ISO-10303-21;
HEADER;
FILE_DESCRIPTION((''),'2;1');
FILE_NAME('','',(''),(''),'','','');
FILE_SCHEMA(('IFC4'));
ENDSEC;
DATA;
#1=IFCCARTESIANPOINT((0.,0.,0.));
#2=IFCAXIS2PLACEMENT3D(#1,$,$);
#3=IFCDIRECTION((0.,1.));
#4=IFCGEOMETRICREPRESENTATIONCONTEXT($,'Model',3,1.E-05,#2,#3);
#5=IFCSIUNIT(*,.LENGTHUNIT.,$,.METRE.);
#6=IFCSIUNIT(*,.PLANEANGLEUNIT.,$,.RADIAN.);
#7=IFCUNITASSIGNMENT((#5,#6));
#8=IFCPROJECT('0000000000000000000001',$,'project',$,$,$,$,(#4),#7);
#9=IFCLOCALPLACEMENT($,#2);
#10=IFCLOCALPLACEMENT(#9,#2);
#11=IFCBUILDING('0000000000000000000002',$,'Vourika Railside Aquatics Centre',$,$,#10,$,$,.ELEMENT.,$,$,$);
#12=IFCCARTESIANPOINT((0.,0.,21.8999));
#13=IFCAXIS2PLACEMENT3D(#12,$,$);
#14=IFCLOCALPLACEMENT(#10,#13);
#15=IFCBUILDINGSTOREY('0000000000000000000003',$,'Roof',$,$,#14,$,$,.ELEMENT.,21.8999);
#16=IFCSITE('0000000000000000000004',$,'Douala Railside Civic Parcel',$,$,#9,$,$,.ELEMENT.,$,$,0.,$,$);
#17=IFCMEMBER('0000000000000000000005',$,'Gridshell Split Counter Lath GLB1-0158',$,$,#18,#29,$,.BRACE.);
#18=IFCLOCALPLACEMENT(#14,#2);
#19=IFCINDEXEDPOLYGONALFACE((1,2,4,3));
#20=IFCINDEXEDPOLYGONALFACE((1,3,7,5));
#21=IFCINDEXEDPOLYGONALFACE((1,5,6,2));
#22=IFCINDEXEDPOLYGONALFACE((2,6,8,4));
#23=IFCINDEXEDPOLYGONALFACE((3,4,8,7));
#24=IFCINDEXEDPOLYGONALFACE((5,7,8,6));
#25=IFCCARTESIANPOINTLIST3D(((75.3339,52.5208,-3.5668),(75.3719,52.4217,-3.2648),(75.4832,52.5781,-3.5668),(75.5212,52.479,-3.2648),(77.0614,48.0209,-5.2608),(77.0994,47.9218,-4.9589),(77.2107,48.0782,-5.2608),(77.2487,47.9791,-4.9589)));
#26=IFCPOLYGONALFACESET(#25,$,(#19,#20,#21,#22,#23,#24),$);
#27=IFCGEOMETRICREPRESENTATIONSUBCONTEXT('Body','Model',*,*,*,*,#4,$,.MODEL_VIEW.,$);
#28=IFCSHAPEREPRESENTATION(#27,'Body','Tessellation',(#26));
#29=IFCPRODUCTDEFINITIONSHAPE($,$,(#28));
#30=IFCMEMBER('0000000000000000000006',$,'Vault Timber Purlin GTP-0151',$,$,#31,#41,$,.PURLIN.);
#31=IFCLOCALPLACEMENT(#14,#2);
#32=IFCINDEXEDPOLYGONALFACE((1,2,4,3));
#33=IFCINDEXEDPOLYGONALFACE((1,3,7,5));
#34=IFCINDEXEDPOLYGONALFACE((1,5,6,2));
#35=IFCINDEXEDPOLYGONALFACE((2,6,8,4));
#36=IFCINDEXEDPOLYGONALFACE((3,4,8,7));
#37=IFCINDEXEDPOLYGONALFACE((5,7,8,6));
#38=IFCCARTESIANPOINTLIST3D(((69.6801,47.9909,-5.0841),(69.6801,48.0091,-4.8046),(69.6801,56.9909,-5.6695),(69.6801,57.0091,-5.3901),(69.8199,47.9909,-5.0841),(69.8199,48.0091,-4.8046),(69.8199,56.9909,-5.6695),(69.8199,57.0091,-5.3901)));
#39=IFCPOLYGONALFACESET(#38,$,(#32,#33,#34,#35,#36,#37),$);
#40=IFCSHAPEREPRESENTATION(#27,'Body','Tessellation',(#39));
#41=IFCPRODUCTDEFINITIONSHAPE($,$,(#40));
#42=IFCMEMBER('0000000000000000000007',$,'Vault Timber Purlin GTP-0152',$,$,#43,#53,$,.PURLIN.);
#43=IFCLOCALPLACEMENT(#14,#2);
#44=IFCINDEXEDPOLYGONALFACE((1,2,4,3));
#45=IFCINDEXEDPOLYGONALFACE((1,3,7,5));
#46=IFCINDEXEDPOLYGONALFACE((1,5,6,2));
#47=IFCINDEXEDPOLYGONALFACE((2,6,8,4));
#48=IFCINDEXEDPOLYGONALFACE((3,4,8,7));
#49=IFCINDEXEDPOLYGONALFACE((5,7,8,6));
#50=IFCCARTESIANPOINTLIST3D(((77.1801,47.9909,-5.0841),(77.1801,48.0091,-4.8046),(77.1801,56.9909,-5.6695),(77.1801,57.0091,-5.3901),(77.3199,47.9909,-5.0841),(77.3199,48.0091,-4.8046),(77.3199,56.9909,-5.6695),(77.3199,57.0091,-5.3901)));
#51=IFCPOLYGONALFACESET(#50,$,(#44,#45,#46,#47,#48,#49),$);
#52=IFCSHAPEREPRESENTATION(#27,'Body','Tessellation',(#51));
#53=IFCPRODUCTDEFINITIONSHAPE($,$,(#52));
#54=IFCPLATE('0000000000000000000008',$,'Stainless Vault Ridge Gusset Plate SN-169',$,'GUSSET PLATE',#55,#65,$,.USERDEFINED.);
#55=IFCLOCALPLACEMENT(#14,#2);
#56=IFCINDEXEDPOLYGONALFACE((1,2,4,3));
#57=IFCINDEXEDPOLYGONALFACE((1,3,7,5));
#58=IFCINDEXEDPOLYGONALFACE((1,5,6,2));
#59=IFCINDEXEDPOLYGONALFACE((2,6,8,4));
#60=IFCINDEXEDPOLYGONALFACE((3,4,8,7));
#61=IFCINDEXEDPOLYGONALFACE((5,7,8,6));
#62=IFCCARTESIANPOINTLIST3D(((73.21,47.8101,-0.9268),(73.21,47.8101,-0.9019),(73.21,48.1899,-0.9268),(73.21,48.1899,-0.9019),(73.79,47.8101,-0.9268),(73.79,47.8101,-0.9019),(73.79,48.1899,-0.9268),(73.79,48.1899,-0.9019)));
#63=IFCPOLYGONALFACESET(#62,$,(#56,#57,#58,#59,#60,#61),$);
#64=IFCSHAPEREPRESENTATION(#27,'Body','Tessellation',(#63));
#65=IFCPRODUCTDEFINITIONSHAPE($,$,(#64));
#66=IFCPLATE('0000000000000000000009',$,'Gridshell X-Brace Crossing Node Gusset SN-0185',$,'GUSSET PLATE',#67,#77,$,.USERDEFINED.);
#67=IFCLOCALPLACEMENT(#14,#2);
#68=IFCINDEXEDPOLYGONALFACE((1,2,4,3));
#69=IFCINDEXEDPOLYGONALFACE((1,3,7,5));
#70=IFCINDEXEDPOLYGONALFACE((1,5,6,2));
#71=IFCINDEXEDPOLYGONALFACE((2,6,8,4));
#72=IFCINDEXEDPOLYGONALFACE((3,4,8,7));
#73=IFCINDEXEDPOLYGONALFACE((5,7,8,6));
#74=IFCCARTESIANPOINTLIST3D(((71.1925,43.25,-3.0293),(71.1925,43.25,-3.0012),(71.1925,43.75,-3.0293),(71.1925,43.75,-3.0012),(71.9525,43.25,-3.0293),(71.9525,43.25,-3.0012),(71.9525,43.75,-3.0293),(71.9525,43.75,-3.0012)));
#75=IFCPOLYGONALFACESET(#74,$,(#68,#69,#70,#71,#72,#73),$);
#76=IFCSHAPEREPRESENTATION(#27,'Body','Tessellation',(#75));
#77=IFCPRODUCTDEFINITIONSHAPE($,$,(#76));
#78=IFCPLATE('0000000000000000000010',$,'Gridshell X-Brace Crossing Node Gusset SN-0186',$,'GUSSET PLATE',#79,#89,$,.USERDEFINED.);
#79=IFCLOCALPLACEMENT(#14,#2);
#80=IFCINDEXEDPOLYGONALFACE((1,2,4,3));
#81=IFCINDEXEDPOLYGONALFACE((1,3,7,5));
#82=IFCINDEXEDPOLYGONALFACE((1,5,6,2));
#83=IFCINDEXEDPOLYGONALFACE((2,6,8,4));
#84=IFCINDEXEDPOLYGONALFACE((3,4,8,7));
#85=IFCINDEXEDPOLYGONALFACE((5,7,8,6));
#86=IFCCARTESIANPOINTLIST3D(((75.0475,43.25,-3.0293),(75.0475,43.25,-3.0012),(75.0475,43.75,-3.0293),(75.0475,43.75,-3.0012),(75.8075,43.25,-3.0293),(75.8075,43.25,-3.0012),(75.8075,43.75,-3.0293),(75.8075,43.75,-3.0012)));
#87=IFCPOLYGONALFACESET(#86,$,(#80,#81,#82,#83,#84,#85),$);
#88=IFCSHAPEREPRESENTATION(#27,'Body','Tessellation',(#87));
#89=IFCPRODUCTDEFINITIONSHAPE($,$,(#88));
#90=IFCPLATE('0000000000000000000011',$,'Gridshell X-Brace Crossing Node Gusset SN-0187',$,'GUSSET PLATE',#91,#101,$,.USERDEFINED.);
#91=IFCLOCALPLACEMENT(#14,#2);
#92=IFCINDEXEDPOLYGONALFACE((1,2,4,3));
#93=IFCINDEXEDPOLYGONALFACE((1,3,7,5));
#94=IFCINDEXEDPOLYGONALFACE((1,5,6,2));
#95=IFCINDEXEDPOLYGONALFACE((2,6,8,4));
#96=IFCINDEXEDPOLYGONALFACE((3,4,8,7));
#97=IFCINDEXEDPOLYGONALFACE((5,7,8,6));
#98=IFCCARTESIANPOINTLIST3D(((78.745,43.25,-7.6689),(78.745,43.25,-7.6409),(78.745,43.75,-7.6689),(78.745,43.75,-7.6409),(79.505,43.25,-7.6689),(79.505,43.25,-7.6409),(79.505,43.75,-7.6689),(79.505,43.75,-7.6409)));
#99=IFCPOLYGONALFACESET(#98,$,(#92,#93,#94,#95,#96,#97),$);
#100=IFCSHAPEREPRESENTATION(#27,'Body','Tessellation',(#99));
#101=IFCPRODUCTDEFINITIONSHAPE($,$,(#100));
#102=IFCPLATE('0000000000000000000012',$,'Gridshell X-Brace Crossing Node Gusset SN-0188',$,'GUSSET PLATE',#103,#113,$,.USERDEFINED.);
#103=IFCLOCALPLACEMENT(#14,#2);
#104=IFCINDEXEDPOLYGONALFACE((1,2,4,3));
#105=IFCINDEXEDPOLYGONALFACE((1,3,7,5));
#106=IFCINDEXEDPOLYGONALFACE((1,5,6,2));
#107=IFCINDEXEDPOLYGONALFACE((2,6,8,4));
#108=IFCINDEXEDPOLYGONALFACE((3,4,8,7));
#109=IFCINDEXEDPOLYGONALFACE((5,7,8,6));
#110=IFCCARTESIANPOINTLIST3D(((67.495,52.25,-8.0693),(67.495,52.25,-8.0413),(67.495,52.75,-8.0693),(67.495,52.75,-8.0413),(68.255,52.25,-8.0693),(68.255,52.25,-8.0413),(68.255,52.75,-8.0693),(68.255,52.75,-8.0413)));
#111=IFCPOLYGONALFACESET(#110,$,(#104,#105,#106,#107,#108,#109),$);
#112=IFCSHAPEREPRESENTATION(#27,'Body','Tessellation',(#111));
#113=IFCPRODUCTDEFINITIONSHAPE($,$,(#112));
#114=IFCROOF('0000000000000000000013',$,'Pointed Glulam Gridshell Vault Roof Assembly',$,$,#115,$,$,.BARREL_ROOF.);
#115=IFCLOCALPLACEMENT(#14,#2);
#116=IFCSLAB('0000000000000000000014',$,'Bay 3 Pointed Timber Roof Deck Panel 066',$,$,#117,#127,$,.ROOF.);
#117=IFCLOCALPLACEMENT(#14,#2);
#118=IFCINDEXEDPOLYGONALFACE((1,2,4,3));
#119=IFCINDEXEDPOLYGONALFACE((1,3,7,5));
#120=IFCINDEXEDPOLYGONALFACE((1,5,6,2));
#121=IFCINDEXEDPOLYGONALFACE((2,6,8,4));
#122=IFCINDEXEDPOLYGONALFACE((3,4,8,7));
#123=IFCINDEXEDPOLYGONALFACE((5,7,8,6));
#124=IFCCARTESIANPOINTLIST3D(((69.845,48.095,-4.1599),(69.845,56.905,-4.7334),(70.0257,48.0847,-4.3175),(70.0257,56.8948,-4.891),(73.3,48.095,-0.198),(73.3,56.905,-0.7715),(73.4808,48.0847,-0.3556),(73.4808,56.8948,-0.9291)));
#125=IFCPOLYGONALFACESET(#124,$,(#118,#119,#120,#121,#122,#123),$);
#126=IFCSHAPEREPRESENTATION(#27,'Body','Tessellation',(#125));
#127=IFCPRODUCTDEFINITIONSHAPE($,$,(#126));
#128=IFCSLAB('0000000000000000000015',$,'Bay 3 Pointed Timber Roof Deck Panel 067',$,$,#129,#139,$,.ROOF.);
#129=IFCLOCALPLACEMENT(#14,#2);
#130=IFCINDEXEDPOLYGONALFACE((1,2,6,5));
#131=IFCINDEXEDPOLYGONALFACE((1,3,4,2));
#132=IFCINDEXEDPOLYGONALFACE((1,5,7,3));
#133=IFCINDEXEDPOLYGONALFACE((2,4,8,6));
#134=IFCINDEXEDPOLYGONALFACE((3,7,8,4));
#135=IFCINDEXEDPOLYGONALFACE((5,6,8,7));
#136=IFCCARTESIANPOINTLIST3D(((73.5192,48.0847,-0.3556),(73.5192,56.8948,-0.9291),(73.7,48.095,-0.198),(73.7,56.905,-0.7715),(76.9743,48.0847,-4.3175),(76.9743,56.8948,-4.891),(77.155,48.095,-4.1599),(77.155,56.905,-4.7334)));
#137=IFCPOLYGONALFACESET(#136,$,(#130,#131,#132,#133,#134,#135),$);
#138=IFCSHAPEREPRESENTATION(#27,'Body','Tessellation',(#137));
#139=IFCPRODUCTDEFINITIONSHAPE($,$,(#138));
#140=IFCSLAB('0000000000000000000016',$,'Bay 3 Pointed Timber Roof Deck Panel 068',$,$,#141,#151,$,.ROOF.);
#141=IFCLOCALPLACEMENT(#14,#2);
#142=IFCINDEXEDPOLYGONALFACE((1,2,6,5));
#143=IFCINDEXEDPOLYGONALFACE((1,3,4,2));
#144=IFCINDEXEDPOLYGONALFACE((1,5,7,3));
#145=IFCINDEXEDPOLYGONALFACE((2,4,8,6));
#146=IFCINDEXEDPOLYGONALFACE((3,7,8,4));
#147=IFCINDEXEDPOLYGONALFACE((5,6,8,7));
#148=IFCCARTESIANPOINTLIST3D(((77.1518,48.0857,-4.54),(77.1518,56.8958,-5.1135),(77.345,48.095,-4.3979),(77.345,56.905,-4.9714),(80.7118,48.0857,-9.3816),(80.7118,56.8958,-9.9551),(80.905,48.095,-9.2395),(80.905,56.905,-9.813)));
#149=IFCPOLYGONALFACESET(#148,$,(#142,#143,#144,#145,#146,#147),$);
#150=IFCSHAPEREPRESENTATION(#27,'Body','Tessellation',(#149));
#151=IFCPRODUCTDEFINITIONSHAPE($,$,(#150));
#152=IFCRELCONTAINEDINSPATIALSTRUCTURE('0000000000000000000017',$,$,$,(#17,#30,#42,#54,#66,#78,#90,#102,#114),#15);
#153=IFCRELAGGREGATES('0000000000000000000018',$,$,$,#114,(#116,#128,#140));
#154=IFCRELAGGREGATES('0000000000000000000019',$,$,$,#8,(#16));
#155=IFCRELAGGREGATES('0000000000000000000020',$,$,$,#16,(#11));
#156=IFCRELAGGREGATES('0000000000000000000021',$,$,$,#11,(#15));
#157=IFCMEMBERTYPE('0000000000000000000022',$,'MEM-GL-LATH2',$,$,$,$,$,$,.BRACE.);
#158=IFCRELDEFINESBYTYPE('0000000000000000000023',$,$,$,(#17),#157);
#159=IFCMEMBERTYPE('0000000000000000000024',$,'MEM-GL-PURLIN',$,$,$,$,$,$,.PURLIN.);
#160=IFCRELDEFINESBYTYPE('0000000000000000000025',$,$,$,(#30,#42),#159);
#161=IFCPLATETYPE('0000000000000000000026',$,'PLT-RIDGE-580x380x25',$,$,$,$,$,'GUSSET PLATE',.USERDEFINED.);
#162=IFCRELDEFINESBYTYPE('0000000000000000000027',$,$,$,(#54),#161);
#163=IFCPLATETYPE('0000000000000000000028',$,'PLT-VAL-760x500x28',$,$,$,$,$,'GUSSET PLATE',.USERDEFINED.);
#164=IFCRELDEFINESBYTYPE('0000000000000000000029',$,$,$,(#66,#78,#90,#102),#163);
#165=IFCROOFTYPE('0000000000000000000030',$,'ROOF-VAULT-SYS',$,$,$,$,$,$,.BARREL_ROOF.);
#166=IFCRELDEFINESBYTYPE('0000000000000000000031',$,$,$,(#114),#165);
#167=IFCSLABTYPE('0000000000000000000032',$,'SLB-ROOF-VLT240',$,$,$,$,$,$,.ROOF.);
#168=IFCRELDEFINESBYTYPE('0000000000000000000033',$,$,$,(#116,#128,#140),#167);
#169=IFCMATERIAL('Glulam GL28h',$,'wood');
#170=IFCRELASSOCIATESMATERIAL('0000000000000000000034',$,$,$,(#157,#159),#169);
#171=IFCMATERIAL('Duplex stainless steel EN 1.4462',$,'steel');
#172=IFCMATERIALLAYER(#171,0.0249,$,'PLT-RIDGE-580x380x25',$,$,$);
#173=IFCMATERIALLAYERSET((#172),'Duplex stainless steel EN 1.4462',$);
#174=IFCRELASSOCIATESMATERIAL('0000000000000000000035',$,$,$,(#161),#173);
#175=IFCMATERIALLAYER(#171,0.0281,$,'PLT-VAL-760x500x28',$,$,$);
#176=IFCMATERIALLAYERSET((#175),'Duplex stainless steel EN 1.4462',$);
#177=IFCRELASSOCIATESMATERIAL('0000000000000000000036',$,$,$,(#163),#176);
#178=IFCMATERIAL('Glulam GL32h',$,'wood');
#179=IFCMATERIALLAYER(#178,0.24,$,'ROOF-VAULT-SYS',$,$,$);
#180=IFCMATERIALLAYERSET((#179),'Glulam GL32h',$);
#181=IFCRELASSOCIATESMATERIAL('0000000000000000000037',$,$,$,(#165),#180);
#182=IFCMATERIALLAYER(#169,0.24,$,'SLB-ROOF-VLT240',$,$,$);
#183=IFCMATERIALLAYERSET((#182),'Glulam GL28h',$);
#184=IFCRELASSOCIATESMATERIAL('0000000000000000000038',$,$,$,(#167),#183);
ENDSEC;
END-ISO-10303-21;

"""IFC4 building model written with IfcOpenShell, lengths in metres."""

from ifc_helpers import new_model, si_unit, direction, frame, origin, origin_2d, place, context, subcontext, project, spatial, polyline, rectangle, outline, extrude, material, layer, layer_set, material_profile, profile_set, type_object, element, aggregate, save


model = new_model("IFC4")

# Units and contexts
model_context = context("Model", 3, precision=1e-05, world=origin(), true_north=direction((0.0, 1.0)))
body_context = subcontext(model_context, "Body", "Model", "MODEL_VIEW")
ifc_project = project(units=[si_unit("LENGTHUNIT", "METRE"), si_unit("PLANEANGLEUNIT", "RADIAN")], contexts=[model_context])

# Site, building, storey
site_placement = place(None, origin())
site = spatial("IfcSite", under=ifc_project, at=site_placement, Name="Douala Railside Civic Parcel", CompositionType="ELEMENT", RefElevation=0.0)
building_placement = place(site_placement, origin())
building = spatial("IfcBuilding", under=site, at=building_placement, Name="Vourika Railside Aquatics Centre", CompositionType="ELEMENT")
storey_placement = place(building_placement, frame((0.0, 0.0, 21.8999)))
storey = spatial("IfcBuildingStorey", under=building, at=storey_placement, Name="Roof", CompositionType="ELEMENT", Elevation=21.8999)

# Shared definitions
ifc_material_1 = material(Name="Glulam GL32h", Category="wood")

# Members
ifc_material_2 = material(Name="Glulam GL28h", Category="wood")
ifc_material_profile_1 = material_profile(ifc_material_2, rectangle(XDim=0.1599, YDim=0.3201, at=origin_2d()), Name="GL28h 160x320")
ifc_profile_set_1 = profile_set([ifc_material_profile_1], Name="Glulam GL28h")
member_type_1 = type_object("IfcMemberType", Name="MEM-GL-LATH2", PredefinedType="BRACE", material=ifc_profile_set_1)
member_1_placement = place(storey_placement, frame((77.155, 48.0, -5.1099), z_axis=(-0.338121, 0.880757, 0.331574), x_axis=(-0.93357, -0.358395, 0.0)))
element("IfcMember", 1, at=member_1_placement, inside=storey, type_object=member_type_1, Name="Gridshell Split Counter Lath GLB1-0158", PredefinedType="BRACE", context=body_context, shape_type="SweptSolid", body=[
    extrude(rectangle(XDim=0.1599, YDim=0.3201, at=origin_2d()), origin(), (0.0, 0.0, 1.0), 5.1091),
])
ifc_material_profile_2 = material_profile(ifc_material_2, rectangle(XDim=0.1399, YDim=0.28, at=origin_2d()), Name="GL28h 140x280")
ifc_profile_set_2 = profile_set([ifc_material_profile_2], Name="Glulam GL28h")
member_type_2 = type_object("IfcMemberType", Name="MEM-GL-PURLIN", PredefinedType="PURLIN", material=ifc_profile_set_2)
for number, where, z_axis, x_axis, name in (
    (2, (69.75, 48.0, -4.9443), (0.0, 0.997891, -0.064913), (-1.0, 0.0, 0.0), "Vault Timber Purlin GTP-0151"),
    (3, (77.25, 48.0, -4.9443), (0.0, 0.997891, -0.064913), (-1.0, 0.0, 0.0), "Vault Timber Purlin GTP-0152"),
):
    element("IfcMember", number, at=place(storey_placement, frame(where, z_axis=z_axis, x_axis=x_axis)), inside=storey, type_object=member_type_2, Name=name, PredefinedType="PURLIN", context=body_context, shape_type="SweptSolid", body=[
        extrude(rectangle(XDim=0.1399, YDim=0.28, at=origin_2d()), origin(), (0.0, 0.0, 1.0), 9.019),
    ])

# Plates
ifc_material_3 = material(Name="Duplex stainless steel EN 1.4462", Category="steel")
ifc_layer_1 = layer(ifc_material_3, 0.0249, Name="PLT-RIDGE-580x380x25")
ifc_layer_set_1 = layer_set([ifc_layer_1], Name="Duplex stainless steel EN 1.4462")
plate_type_1 = type_object("IfcPlateType", Name="PLT-RIDGE-580x380x25", ElementType="GUSSET PLATE", PredefinedType="USERDEFINED", material=ifc_layer_set_1)
plate_placement = place(storey_placement, frame((73.5, 48.0, -0.9268), z_axis=(0.0, 0.0, 1.0), x_axis=(1.0, 0.0, 0.0)))
element("IfcPlate", 4, at=plate_placement, inside=storey, type_object=plate_type_1, Name="Stainless Vault Ridge Gusset Plate SN-169", ObjectType="GUSSET PLATE", PredefinedType="USERDEFINED", context=body_context, shape_type="SweptSolid", body=[
    extrude(rectangle(XDim=0.5801, YDim=0.3799, at=origin_2d()), origin(), (0.0, 0.0, 1.0), 0.0249),
])
ifc_layer_2 = layer(ifc_material_3, 0.0281, Name="PLT-VAL-760x500x28")
ifc_layer_set_2 = layer_set([ifc_layer_2], Name="Duplex stainless steel EN 1.4462")
plate_type_2 = type_object("IfcPlateType", Name="PLT-VAL-760x500x28", ElementType="GUSSET PLATE", PredefinedType="USERDEFINED", material=ifc_layer_set_2)
for number, where, z_axis, x_axis, name in (
    (5, (71.5725, 43.5, -3.0293), (0.0, 0.0, 1.0), (1.0, 0.0, 0.0), "Gridshell X-Brace Crossing Node Gusset SN-0185"),
    (6, (75.4275, 43.5, -3.0293), (0.0, 0.0, 1.0), (1.0, 0.0, 0.0), "Gridshell X-Brace Crossing Node Gusset SN-0186"),
    (7, (79.125, 43.5, -7.6689), (0.0, 0.0, 1.0), (1.0, 0.0, 0.0), "Gridshell X-Brace Crossing Node Gusset SN-0187"),
    (8, (67.875, 52.5, -8.0693), (0.0, 0.0, 1.0), (1.0, 0.0, 0.0), "Gridshell X-Brace Crossing Node Gusset SN-0188"),
):
    element("IfcPlate", number, at=place(storey_placement, frame(where, z_axis=z_axis, x_axis=x_axis)), inside=storey, type_object=plate_type_2, Name=name, ObjectType="GUSSET PLATE", PredefinedType="USERDEFINED", context=body_context, shape_type="SweptSolid", body=[
        extrude(rectangle(XDim=0.76, YDim=0.5, at=origin_2d()), origin(), (0.0, 0.0, 1.0), 0.0281),
    ])

# Roof, slabs
ifc_layer_3 = layer(ifc_material_1, 0.24, Name="ROOF-VAULT-SYS")
ifc_layer_set_3 = layer_set([ifc_layer_3], Name="Glulam GL32h")
roof_type = type_object("IfcRoofType", Name="ROOF-VAULT-SYS", PredefinedType="BARREL_ROOF", material=ifc_layer_set_3)
roof_placement = place(storey_placement, origin())
roof = element("IfcRoof", 9, at=roof_placement, inside=storey, type_object=roof_type, Name="Pointed Glulam Gridshell Vault Roof Assembly", PredefinedType="BARREL_ROOF")
ifc_layer_4 = layer(ifc_material_2, 0.24, Name="SLB-ROOF-VLT240")
ifc_layer_set_4 = layer_set([ifc_layer_4], Name="Glulam GL28h")
slab_type = type_object("IfcSlabType", Name="SLB-ROOF-VLT240", PredefinedType="ROOF", material=ifc_layer_set_4)
slab_1_placement = place(storey_placement, frame((69.845, 48.095, -4.1599), z_axis=(-0.75298, 0.042745, 0.656654), x_axis=(0.657254, 0.0, 0.753669)))
slab_1 = element("IfcSlab", 10, at=slab_1_placement, type_object=slab_type, Name="Bay 3 Pointed Timber Roof Deck Panel 066", PredefinedType="ROOF", context=body_context, shape_type="SweptSolid", body=[
    extrude(outline(polyline([(0.0, 0.0), (5.2568, 0.0), (4.8246, 8.8181), (-0.4322, 8.8181), (0.0, 0.0)])), origin(), (0.0, 0.0, -1.0), 0.24),
])
slab_2_placement = place(storey_placement, frame((73.7, 48.095, -0.198), z_axis=(0.75298, 0.042745, 0.656654), x_axis=(0.657254, 0.0, -0.753669)))
slab_2 = element("IfcSlab", 11, at=slab_2_placement, type_object=slab_type, Name="Bay 3 Pointed Timber Roof Deck Panel 067", PredefinedType="ROOF", context=body_context, shape_type="SweptSolid", body=[
    extrude(outline(polyline([(0.0, 0.0), (5.2568, 0.0), (5.6891, 8.8181), (0.4322, 8.8181), (0.0, 0.0)])), origin(), (0.0, 0.0, -1.0), 0.24),
])
slab_3_placement = place(storey_placement, frame((77.345, 48.095, -4.3979), z_axis=(0.805045, 0.038533, 0.591961), x_axis=(0.592401, 0.0, -0.805644)))
slab_3 = element("IfcSlab", 12, at=slab_3_placement, type_object=slab_type, Name="Bay 3 Pointed Timber Roof Deck Panel 068", PredefinedType="ROOF", context=body_context, shape_type="SweptSolid", body=[
    extrude(outline(polyline([(0.0, 0.0), (6.0095, 0.0), (6.4716, 8.8166), (0.462, 8.8166), (0.0, 0.0)])), origin(), (0.0, 0.0, -1.0), 0.24),
])
aggregate(roof, [slab_1, slab_2, slab_3])

save(model, "model.ifc")
